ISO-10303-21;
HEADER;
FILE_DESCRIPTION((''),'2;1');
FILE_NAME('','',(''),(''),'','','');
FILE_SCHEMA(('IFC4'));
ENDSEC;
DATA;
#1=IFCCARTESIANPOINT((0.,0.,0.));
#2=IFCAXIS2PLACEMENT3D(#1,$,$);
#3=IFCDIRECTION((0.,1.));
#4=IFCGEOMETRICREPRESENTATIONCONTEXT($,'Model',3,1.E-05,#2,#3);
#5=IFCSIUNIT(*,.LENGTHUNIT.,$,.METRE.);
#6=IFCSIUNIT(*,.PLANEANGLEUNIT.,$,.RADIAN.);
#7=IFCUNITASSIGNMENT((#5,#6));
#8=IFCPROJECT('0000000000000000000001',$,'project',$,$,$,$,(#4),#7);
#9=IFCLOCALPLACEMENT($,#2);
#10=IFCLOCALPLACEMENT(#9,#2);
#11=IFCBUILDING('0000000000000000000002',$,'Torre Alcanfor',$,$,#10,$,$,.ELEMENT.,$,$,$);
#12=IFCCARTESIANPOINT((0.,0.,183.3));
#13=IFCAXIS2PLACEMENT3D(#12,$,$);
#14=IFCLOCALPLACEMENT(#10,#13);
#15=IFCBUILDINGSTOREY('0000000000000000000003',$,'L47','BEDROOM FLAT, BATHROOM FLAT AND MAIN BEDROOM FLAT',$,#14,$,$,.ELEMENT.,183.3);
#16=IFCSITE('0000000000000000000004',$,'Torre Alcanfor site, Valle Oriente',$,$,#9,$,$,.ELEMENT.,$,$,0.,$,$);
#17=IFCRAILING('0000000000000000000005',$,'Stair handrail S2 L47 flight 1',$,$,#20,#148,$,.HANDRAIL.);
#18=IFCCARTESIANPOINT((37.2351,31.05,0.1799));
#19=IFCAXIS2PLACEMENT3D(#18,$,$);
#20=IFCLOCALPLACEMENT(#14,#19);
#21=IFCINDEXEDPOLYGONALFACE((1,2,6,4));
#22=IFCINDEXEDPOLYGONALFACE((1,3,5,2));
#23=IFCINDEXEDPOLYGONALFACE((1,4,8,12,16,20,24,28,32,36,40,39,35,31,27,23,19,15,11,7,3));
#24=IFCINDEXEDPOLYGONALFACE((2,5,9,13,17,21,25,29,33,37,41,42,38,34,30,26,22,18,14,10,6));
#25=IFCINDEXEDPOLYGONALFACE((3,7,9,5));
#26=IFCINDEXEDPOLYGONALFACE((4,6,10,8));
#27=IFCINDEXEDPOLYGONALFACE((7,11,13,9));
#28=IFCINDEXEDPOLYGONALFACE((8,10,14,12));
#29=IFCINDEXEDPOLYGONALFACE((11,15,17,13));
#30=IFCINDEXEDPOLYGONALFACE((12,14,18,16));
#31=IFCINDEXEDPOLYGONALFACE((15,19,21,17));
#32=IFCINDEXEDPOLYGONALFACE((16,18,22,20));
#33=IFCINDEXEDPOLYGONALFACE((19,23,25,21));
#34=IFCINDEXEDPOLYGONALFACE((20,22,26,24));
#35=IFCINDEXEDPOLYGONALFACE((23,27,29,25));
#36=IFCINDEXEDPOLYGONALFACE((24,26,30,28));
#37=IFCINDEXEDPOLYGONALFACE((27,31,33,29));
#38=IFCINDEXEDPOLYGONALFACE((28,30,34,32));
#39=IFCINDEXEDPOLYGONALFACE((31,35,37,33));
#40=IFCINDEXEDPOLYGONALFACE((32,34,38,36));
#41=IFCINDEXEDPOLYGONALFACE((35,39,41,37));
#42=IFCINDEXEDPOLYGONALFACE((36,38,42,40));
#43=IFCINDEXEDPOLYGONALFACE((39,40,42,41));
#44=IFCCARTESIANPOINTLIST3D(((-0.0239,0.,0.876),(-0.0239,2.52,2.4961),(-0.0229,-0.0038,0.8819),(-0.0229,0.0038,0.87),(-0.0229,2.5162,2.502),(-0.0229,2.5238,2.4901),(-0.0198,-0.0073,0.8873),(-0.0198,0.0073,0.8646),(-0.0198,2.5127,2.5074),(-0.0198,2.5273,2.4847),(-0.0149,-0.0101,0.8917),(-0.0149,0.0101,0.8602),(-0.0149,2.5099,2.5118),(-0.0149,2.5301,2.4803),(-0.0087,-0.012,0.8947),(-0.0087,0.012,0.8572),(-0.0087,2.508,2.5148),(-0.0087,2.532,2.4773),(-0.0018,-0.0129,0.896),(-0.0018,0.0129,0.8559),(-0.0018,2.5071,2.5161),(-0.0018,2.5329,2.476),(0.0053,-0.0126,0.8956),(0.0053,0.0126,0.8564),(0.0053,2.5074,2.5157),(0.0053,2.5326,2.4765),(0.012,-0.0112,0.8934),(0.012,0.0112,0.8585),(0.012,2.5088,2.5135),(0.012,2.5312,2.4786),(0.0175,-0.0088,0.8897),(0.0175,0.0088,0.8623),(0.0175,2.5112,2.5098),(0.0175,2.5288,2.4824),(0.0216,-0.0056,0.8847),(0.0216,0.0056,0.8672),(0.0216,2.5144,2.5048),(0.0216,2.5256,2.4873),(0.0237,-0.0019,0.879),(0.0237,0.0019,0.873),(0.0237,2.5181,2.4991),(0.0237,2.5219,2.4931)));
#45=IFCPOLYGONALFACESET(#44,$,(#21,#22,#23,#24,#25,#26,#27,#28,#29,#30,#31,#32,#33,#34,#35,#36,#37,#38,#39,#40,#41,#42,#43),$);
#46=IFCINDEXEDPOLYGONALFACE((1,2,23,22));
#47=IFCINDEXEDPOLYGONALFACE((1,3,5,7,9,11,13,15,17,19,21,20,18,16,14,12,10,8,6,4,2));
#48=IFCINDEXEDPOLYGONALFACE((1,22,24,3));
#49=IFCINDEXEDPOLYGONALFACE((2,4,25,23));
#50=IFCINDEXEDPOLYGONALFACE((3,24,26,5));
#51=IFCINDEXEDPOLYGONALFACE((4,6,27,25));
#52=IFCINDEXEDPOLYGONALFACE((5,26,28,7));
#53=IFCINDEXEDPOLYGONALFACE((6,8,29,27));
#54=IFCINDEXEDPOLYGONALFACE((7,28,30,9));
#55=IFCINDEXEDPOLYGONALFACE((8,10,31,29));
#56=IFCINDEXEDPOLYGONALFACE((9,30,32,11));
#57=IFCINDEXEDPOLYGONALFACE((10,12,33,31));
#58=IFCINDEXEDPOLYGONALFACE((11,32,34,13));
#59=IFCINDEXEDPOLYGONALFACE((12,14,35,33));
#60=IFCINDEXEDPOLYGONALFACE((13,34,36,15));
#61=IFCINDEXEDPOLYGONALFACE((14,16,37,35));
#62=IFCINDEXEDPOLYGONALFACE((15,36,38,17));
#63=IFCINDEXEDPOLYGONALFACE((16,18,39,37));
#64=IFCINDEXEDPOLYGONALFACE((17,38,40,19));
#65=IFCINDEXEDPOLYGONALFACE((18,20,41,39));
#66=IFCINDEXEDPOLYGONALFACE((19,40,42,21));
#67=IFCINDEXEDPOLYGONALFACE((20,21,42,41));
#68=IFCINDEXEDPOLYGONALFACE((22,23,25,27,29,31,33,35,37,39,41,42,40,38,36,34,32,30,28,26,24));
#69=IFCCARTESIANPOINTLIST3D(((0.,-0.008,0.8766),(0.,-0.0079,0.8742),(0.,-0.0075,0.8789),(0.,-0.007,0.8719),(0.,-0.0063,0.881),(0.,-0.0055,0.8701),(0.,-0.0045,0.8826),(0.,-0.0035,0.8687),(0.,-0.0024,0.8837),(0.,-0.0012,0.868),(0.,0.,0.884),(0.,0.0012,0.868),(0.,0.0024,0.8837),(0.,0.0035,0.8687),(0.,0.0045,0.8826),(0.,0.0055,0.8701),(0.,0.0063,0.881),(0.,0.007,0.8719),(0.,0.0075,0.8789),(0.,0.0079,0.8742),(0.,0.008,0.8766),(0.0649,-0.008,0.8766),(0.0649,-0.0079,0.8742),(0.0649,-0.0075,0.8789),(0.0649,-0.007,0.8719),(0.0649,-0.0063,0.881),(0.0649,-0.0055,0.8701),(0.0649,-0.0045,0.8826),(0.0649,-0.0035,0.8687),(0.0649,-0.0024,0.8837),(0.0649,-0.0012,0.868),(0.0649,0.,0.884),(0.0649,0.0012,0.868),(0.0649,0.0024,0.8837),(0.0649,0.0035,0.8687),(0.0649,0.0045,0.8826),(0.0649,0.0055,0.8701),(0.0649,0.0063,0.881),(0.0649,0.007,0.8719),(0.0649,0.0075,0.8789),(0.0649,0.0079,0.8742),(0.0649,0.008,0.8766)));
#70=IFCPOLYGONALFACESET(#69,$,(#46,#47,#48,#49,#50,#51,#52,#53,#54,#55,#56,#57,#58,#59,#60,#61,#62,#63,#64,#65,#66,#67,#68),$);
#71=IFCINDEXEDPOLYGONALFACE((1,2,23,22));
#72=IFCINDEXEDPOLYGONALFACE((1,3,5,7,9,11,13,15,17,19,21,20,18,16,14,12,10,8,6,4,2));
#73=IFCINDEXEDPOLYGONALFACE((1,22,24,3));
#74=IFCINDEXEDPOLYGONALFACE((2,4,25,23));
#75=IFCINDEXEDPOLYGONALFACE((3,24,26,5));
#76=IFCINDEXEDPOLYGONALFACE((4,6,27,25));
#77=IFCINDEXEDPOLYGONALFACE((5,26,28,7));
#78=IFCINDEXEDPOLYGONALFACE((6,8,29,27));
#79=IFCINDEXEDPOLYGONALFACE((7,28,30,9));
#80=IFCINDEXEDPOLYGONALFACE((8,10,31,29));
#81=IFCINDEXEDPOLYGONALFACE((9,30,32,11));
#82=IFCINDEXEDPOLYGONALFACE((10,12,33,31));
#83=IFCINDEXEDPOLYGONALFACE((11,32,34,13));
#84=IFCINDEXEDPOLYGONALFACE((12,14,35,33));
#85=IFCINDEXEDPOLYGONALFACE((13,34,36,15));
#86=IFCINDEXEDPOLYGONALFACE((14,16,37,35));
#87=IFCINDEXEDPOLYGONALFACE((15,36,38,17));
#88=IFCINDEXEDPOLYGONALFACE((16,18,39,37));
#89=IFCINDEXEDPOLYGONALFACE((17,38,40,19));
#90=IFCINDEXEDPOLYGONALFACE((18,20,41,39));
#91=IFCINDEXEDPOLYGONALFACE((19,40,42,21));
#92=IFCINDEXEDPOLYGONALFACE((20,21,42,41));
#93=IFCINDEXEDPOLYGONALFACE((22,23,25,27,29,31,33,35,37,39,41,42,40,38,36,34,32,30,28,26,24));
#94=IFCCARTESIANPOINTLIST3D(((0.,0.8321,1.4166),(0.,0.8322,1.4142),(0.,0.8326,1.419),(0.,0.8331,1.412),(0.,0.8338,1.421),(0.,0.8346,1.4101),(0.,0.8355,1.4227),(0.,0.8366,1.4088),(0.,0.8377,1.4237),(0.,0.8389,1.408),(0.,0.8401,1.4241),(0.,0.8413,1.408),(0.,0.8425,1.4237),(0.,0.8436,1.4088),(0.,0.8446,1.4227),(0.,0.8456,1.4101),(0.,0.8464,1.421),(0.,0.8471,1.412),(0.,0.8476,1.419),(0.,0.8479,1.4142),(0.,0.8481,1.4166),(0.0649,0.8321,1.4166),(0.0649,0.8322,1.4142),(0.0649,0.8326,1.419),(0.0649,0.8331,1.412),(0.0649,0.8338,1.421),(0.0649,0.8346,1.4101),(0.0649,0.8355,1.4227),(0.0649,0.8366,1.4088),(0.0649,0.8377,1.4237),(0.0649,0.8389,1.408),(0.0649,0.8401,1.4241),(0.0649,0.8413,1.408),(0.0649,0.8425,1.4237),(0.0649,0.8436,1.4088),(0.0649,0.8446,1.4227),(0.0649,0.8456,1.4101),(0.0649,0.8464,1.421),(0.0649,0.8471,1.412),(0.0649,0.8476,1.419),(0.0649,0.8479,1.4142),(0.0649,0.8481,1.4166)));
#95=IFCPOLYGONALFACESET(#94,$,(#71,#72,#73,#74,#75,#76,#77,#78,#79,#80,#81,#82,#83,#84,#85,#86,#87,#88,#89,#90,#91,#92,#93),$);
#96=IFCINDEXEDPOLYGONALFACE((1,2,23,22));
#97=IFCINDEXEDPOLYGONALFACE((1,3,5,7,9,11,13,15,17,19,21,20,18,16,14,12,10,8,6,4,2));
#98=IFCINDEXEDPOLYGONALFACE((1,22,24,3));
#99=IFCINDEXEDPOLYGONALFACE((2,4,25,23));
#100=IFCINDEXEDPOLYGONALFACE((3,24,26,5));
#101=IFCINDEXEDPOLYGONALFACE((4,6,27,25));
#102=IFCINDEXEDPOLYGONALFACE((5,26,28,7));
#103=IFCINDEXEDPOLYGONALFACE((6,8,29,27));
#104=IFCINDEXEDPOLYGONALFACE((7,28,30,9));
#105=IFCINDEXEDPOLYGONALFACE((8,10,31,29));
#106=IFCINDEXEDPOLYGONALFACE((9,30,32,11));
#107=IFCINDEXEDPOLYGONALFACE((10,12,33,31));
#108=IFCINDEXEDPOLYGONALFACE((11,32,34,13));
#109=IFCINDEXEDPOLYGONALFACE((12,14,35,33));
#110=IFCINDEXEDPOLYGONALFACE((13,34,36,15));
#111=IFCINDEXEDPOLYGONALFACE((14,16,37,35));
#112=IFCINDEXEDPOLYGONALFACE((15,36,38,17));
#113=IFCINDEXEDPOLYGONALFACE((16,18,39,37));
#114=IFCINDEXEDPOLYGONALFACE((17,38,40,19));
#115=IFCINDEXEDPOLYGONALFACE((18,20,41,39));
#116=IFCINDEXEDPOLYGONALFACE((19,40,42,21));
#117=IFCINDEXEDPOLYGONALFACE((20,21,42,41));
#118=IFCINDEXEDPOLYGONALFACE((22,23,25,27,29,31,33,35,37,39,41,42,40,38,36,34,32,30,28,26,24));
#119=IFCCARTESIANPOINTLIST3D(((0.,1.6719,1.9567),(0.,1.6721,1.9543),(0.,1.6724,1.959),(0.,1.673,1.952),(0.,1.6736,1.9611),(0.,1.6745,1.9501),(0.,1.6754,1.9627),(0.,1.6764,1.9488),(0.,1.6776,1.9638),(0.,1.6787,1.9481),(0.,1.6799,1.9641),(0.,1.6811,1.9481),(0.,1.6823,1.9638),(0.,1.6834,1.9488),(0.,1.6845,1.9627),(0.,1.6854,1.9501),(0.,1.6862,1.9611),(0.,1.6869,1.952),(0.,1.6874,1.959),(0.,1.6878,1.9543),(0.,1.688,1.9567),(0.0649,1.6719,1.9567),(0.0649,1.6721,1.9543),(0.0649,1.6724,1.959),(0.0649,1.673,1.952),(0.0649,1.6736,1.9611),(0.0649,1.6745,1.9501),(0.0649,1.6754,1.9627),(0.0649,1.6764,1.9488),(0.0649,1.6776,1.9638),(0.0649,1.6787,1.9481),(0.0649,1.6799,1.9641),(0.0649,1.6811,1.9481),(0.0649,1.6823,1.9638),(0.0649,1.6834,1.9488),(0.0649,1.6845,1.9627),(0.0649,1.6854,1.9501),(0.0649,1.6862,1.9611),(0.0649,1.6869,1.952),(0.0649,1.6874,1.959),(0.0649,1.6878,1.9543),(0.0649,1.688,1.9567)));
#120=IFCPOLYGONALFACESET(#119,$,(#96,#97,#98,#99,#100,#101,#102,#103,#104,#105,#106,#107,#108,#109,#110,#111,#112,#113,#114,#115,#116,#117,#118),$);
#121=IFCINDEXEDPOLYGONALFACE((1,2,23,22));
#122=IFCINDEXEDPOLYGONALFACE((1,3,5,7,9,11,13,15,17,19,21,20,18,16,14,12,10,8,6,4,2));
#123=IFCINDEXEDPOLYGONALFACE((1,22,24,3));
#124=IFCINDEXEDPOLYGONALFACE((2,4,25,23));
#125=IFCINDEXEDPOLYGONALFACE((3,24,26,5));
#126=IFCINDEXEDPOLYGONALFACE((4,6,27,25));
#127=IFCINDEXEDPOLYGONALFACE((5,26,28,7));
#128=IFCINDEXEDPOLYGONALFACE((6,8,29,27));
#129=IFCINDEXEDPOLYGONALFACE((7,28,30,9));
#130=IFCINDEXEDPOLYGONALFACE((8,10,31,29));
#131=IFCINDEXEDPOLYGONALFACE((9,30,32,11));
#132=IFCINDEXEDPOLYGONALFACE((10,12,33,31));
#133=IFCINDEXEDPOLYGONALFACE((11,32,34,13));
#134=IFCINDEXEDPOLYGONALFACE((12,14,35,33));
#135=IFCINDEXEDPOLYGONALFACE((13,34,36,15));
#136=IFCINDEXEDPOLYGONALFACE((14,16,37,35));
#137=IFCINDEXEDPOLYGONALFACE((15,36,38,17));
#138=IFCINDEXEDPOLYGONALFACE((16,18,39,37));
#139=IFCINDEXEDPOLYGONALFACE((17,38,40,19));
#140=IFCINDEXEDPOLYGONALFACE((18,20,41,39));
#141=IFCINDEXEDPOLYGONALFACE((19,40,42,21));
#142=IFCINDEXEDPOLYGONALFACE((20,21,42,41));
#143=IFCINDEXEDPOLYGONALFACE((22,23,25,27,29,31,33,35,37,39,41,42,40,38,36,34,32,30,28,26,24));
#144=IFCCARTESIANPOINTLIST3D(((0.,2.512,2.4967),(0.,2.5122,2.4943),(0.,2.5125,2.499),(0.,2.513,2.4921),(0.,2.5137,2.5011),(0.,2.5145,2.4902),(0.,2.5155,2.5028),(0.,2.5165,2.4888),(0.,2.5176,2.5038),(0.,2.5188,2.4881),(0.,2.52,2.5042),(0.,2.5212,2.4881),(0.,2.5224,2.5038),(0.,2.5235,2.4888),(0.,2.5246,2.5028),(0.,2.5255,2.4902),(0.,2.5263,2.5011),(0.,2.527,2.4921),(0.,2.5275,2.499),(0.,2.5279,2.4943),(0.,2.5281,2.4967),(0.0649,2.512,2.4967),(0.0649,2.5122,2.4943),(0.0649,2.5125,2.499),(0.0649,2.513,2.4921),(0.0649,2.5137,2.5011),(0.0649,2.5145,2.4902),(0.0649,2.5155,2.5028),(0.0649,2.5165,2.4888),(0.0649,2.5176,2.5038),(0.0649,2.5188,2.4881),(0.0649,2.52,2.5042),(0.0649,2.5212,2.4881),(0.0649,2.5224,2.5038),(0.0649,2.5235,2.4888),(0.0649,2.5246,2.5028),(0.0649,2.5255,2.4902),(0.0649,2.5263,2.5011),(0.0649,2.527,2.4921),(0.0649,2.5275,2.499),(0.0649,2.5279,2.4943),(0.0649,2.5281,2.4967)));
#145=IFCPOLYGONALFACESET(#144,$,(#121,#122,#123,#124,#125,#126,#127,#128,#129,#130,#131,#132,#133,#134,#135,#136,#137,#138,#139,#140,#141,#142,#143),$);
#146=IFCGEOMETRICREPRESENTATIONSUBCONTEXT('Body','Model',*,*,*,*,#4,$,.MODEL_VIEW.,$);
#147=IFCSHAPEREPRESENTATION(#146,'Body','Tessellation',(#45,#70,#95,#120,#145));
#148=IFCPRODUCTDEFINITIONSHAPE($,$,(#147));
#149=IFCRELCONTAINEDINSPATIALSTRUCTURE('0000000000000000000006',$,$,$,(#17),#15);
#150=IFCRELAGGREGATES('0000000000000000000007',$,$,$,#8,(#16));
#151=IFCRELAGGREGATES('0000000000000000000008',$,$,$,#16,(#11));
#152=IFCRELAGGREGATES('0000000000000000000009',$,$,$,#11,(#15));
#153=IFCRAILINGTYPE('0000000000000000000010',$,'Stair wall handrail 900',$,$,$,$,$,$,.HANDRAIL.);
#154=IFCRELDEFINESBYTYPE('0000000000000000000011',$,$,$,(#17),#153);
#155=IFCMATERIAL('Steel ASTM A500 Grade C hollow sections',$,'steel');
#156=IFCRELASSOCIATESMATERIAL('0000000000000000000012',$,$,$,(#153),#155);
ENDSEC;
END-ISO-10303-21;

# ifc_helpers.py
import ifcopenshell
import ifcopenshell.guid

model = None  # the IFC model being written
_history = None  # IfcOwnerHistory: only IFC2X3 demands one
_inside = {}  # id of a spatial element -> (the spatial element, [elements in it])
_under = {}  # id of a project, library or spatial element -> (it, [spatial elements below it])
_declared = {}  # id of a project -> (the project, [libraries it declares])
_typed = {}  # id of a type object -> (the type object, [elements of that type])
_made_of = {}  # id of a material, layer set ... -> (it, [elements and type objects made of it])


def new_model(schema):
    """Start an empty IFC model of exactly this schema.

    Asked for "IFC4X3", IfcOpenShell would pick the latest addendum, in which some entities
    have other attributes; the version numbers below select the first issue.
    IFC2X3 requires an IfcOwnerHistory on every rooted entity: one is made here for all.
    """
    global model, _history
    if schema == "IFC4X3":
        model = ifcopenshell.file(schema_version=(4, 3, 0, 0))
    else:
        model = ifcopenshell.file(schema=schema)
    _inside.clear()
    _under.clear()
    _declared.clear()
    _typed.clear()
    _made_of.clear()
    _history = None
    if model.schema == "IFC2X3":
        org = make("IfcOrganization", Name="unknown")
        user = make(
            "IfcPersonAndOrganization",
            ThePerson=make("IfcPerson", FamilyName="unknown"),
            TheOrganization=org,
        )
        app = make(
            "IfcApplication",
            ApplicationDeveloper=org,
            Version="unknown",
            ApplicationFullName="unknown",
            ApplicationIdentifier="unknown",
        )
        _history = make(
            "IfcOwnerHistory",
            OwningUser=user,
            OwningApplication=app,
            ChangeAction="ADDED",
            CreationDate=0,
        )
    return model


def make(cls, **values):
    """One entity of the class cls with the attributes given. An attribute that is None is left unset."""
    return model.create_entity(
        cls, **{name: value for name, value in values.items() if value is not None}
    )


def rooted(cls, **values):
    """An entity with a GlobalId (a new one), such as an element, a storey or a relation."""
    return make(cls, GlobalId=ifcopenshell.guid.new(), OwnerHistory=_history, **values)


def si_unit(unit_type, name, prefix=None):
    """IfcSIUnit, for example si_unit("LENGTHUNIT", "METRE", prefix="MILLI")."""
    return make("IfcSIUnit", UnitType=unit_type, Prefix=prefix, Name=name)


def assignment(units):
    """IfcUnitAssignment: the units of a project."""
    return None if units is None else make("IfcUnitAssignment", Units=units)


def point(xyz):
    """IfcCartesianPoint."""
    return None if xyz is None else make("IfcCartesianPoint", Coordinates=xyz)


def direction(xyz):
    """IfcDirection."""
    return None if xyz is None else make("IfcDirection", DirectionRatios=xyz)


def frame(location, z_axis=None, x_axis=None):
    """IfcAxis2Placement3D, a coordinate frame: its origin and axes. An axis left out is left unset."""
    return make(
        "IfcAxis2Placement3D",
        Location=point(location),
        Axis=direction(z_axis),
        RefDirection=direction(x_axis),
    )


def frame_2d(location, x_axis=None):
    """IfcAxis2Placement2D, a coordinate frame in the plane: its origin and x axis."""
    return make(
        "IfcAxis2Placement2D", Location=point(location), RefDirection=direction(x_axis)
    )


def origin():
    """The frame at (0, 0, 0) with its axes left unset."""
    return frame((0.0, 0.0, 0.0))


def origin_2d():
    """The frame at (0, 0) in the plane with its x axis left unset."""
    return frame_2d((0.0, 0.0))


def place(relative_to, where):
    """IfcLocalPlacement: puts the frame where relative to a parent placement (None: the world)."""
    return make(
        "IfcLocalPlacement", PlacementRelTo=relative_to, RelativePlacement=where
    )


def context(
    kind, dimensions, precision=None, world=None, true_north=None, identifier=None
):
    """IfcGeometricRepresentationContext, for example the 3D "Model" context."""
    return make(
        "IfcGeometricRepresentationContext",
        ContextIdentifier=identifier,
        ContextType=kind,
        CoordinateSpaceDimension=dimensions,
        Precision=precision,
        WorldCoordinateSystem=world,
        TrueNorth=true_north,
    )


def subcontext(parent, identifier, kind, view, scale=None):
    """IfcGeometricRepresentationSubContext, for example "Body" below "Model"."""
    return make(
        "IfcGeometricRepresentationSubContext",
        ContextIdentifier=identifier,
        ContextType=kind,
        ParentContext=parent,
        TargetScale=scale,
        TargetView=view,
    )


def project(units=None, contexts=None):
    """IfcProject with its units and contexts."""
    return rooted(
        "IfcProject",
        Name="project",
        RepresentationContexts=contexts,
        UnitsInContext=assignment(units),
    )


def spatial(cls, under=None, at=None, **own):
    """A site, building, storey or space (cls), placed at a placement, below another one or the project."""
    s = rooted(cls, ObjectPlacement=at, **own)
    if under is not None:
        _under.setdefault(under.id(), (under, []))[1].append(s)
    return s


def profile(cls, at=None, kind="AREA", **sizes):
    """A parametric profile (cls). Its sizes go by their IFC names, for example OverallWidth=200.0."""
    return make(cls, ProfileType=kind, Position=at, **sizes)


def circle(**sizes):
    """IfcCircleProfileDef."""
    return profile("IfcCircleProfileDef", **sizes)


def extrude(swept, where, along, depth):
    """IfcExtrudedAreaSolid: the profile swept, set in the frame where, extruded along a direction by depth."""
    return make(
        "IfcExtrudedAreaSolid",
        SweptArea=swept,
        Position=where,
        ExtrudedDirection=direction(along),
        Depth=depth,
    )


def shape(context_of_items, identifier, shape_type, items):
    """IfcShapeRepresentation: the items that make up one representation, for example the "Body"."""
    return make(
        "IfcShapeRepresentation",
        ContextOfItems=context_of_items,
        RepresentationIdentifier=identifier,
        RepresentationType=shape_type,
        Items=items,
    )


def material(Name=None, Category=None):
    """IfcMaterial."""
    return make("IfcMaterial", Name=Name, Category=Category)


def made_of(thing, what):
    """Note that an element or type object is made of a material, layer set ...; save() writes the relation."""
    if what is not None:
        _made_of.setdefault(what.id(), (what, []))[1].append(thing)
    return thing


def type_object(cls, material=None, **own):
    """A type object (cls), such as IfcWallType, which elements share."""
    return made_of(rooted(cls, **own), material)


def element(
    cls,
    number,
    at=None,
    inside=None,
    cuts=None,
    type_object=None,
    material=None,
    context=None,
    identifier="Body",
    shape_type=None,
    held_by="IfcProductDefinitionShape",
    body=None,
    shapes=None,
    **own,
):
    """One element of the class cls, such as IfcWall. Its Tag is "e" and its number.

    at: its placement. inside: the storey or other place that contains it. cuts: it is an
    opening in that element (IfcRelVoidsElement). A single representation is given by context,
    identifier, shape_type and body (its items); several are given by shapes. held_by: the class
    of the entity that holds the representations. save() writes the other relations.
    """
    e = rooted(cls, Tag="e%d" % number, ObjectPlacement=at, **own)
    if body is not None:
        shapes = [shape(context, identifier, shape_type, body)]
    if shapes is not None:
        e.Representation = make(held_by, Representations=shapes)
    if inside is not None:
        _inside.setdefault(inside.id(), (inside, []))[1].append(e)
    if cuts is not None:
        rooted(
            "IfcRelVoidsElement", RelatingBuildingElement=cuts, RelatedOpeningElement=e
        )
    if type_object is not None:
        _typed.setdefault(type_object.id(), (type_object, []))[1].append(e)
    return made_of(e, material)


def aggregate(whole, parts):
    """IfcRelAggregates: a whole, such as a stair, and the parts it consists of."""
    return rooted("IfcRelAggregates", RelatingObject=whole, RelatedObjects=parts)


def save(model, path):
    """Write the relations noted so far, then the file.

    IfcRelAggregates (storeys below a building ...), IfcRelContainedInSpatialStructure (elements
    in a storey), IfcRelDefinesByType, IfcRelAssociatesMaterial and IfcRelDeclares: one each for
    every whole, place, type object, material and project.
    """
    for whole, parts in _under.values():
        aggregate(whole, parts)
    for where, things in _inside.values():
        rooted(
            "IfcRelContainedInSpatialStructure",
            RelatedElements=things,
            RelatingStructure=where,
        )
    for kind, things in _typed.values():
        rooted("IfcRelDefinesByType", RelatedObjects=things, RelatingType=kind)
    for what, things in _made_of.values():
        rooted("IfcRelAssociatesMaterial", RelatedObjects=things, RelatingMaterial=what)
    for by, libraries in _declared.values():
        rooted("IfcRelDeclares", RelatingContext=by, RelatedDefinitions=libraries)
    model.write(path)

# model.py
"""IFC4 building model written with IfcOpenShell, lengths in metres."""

from ifc_helpers import new_model, si_unit, direction, frame, origin, origin_2d, place, context, subcontext, project, spatial, circle, extrude, material, type_object, element, save


model = new_model("IFC4")

# Units and contexts
model_context = context("Model", 3, precision=1e-05, world=origin(), true_north=direction((0.0, 1.0)))
body_context = subcontext(model_context, "Body", "Model", "MODEL_VIEW")
ifc_project = project(units=[si_unit("LENGTHUNIT", "METRE"), si_unit("PLANEANGLEUNIT", "RADIAN")], contexts=[model_context])

# Site, building, storey
site_placement = place(None, origin())
site = spatial("IfcSite", under=ifc_project, at=site_placement, Name="Torre Alcanfor site, Valle Oriente", CompositionType="ELEMENT", RefElevation=0.0)
building_placement = place(site_placement, origin())
building = spatial("IfcBuilding", under=site, at=building_placement, Name="Torre Alcanfor", CompositionType="ELEMENT")
storey_placement = place(building_placement, frame((0.0, 0.0, 183.3)))
storey = spatial("IfcBuildingStorey", under=building, at=storey_placement, Name="L47", Description="BEDROOM FLAT, BATHROOM FLAT AND MAIN BEDROOM FLAT", CompositionType="ELEMENT", Elevation=183.3)

# Railing
ifc_material_1 = material(Name="Steel ASTM A500 Grade C hollow sections", Category="steel")
railing_type_1 = type_object("IfcRailingType", Name="Stair wall handrail 900", PredefinedType="HANDRAIL", material=ifc_material_1)
railing_1_placement = place(storey_placement, frame((37.2351, 31.05, 0.1799)))
element("IfcRailing", 1, at=railing_1_placement, inside=storey, type_object=railing_type_1, Name="Stair handrail S2 L47 flight 1", PredefinedType="HANDRAIL", context=body_context, shape_type="SweptSolid", body=[
    extrude(circle(Radius=0.0239, at=origin_2d()), frame((0.0, 0.0, 0.876), z_axis=(0.0, 0.841163, 0.540782), x_axis=(-1.0, 0.0, 0.0)), (0.0, 0.0, 1.0), 2.9958),
    extrude(circle(Radius=0.0081, at=origin_2d()), frame((0.0, 0.0, 0.876), z_axis=(1.0, 0.0, 0.0), x_axis=(0.0, 0.0, 1.0)), (0.0, 0.0, 1.0), 0.0649),
    extrude(circle(Radius=0.0081, at=origin_2d()), frame((0.0, 0.8401, 1.416), z_axis=(1.0, 0.0, 0.0), x_axis=(0.0, 0.0, 1.0)), (0.0, 0.0, 1.0), 0.0649),
    extrude(circle(Radius=0.0081, at=origin_2d()), frame((0.0, 1.6799, 1.9561), z_axis=(1.0, 0.0, 0.0), x_axis=(0.0, 0.0, 1.0)), (0.0, 0.0, 1.0), 0.0649),
    extrude(circle(Radius=0.0081, at=origin_2d()), frame((0.0, 2.52, 2.4961), z_axis=(1.0, 0.0, 0.0), x_axis=(0.0, 0.0, 1.0)), (0.0, 0.0, 1.0), 0.0649),
])

save(model, "model.ifc")
